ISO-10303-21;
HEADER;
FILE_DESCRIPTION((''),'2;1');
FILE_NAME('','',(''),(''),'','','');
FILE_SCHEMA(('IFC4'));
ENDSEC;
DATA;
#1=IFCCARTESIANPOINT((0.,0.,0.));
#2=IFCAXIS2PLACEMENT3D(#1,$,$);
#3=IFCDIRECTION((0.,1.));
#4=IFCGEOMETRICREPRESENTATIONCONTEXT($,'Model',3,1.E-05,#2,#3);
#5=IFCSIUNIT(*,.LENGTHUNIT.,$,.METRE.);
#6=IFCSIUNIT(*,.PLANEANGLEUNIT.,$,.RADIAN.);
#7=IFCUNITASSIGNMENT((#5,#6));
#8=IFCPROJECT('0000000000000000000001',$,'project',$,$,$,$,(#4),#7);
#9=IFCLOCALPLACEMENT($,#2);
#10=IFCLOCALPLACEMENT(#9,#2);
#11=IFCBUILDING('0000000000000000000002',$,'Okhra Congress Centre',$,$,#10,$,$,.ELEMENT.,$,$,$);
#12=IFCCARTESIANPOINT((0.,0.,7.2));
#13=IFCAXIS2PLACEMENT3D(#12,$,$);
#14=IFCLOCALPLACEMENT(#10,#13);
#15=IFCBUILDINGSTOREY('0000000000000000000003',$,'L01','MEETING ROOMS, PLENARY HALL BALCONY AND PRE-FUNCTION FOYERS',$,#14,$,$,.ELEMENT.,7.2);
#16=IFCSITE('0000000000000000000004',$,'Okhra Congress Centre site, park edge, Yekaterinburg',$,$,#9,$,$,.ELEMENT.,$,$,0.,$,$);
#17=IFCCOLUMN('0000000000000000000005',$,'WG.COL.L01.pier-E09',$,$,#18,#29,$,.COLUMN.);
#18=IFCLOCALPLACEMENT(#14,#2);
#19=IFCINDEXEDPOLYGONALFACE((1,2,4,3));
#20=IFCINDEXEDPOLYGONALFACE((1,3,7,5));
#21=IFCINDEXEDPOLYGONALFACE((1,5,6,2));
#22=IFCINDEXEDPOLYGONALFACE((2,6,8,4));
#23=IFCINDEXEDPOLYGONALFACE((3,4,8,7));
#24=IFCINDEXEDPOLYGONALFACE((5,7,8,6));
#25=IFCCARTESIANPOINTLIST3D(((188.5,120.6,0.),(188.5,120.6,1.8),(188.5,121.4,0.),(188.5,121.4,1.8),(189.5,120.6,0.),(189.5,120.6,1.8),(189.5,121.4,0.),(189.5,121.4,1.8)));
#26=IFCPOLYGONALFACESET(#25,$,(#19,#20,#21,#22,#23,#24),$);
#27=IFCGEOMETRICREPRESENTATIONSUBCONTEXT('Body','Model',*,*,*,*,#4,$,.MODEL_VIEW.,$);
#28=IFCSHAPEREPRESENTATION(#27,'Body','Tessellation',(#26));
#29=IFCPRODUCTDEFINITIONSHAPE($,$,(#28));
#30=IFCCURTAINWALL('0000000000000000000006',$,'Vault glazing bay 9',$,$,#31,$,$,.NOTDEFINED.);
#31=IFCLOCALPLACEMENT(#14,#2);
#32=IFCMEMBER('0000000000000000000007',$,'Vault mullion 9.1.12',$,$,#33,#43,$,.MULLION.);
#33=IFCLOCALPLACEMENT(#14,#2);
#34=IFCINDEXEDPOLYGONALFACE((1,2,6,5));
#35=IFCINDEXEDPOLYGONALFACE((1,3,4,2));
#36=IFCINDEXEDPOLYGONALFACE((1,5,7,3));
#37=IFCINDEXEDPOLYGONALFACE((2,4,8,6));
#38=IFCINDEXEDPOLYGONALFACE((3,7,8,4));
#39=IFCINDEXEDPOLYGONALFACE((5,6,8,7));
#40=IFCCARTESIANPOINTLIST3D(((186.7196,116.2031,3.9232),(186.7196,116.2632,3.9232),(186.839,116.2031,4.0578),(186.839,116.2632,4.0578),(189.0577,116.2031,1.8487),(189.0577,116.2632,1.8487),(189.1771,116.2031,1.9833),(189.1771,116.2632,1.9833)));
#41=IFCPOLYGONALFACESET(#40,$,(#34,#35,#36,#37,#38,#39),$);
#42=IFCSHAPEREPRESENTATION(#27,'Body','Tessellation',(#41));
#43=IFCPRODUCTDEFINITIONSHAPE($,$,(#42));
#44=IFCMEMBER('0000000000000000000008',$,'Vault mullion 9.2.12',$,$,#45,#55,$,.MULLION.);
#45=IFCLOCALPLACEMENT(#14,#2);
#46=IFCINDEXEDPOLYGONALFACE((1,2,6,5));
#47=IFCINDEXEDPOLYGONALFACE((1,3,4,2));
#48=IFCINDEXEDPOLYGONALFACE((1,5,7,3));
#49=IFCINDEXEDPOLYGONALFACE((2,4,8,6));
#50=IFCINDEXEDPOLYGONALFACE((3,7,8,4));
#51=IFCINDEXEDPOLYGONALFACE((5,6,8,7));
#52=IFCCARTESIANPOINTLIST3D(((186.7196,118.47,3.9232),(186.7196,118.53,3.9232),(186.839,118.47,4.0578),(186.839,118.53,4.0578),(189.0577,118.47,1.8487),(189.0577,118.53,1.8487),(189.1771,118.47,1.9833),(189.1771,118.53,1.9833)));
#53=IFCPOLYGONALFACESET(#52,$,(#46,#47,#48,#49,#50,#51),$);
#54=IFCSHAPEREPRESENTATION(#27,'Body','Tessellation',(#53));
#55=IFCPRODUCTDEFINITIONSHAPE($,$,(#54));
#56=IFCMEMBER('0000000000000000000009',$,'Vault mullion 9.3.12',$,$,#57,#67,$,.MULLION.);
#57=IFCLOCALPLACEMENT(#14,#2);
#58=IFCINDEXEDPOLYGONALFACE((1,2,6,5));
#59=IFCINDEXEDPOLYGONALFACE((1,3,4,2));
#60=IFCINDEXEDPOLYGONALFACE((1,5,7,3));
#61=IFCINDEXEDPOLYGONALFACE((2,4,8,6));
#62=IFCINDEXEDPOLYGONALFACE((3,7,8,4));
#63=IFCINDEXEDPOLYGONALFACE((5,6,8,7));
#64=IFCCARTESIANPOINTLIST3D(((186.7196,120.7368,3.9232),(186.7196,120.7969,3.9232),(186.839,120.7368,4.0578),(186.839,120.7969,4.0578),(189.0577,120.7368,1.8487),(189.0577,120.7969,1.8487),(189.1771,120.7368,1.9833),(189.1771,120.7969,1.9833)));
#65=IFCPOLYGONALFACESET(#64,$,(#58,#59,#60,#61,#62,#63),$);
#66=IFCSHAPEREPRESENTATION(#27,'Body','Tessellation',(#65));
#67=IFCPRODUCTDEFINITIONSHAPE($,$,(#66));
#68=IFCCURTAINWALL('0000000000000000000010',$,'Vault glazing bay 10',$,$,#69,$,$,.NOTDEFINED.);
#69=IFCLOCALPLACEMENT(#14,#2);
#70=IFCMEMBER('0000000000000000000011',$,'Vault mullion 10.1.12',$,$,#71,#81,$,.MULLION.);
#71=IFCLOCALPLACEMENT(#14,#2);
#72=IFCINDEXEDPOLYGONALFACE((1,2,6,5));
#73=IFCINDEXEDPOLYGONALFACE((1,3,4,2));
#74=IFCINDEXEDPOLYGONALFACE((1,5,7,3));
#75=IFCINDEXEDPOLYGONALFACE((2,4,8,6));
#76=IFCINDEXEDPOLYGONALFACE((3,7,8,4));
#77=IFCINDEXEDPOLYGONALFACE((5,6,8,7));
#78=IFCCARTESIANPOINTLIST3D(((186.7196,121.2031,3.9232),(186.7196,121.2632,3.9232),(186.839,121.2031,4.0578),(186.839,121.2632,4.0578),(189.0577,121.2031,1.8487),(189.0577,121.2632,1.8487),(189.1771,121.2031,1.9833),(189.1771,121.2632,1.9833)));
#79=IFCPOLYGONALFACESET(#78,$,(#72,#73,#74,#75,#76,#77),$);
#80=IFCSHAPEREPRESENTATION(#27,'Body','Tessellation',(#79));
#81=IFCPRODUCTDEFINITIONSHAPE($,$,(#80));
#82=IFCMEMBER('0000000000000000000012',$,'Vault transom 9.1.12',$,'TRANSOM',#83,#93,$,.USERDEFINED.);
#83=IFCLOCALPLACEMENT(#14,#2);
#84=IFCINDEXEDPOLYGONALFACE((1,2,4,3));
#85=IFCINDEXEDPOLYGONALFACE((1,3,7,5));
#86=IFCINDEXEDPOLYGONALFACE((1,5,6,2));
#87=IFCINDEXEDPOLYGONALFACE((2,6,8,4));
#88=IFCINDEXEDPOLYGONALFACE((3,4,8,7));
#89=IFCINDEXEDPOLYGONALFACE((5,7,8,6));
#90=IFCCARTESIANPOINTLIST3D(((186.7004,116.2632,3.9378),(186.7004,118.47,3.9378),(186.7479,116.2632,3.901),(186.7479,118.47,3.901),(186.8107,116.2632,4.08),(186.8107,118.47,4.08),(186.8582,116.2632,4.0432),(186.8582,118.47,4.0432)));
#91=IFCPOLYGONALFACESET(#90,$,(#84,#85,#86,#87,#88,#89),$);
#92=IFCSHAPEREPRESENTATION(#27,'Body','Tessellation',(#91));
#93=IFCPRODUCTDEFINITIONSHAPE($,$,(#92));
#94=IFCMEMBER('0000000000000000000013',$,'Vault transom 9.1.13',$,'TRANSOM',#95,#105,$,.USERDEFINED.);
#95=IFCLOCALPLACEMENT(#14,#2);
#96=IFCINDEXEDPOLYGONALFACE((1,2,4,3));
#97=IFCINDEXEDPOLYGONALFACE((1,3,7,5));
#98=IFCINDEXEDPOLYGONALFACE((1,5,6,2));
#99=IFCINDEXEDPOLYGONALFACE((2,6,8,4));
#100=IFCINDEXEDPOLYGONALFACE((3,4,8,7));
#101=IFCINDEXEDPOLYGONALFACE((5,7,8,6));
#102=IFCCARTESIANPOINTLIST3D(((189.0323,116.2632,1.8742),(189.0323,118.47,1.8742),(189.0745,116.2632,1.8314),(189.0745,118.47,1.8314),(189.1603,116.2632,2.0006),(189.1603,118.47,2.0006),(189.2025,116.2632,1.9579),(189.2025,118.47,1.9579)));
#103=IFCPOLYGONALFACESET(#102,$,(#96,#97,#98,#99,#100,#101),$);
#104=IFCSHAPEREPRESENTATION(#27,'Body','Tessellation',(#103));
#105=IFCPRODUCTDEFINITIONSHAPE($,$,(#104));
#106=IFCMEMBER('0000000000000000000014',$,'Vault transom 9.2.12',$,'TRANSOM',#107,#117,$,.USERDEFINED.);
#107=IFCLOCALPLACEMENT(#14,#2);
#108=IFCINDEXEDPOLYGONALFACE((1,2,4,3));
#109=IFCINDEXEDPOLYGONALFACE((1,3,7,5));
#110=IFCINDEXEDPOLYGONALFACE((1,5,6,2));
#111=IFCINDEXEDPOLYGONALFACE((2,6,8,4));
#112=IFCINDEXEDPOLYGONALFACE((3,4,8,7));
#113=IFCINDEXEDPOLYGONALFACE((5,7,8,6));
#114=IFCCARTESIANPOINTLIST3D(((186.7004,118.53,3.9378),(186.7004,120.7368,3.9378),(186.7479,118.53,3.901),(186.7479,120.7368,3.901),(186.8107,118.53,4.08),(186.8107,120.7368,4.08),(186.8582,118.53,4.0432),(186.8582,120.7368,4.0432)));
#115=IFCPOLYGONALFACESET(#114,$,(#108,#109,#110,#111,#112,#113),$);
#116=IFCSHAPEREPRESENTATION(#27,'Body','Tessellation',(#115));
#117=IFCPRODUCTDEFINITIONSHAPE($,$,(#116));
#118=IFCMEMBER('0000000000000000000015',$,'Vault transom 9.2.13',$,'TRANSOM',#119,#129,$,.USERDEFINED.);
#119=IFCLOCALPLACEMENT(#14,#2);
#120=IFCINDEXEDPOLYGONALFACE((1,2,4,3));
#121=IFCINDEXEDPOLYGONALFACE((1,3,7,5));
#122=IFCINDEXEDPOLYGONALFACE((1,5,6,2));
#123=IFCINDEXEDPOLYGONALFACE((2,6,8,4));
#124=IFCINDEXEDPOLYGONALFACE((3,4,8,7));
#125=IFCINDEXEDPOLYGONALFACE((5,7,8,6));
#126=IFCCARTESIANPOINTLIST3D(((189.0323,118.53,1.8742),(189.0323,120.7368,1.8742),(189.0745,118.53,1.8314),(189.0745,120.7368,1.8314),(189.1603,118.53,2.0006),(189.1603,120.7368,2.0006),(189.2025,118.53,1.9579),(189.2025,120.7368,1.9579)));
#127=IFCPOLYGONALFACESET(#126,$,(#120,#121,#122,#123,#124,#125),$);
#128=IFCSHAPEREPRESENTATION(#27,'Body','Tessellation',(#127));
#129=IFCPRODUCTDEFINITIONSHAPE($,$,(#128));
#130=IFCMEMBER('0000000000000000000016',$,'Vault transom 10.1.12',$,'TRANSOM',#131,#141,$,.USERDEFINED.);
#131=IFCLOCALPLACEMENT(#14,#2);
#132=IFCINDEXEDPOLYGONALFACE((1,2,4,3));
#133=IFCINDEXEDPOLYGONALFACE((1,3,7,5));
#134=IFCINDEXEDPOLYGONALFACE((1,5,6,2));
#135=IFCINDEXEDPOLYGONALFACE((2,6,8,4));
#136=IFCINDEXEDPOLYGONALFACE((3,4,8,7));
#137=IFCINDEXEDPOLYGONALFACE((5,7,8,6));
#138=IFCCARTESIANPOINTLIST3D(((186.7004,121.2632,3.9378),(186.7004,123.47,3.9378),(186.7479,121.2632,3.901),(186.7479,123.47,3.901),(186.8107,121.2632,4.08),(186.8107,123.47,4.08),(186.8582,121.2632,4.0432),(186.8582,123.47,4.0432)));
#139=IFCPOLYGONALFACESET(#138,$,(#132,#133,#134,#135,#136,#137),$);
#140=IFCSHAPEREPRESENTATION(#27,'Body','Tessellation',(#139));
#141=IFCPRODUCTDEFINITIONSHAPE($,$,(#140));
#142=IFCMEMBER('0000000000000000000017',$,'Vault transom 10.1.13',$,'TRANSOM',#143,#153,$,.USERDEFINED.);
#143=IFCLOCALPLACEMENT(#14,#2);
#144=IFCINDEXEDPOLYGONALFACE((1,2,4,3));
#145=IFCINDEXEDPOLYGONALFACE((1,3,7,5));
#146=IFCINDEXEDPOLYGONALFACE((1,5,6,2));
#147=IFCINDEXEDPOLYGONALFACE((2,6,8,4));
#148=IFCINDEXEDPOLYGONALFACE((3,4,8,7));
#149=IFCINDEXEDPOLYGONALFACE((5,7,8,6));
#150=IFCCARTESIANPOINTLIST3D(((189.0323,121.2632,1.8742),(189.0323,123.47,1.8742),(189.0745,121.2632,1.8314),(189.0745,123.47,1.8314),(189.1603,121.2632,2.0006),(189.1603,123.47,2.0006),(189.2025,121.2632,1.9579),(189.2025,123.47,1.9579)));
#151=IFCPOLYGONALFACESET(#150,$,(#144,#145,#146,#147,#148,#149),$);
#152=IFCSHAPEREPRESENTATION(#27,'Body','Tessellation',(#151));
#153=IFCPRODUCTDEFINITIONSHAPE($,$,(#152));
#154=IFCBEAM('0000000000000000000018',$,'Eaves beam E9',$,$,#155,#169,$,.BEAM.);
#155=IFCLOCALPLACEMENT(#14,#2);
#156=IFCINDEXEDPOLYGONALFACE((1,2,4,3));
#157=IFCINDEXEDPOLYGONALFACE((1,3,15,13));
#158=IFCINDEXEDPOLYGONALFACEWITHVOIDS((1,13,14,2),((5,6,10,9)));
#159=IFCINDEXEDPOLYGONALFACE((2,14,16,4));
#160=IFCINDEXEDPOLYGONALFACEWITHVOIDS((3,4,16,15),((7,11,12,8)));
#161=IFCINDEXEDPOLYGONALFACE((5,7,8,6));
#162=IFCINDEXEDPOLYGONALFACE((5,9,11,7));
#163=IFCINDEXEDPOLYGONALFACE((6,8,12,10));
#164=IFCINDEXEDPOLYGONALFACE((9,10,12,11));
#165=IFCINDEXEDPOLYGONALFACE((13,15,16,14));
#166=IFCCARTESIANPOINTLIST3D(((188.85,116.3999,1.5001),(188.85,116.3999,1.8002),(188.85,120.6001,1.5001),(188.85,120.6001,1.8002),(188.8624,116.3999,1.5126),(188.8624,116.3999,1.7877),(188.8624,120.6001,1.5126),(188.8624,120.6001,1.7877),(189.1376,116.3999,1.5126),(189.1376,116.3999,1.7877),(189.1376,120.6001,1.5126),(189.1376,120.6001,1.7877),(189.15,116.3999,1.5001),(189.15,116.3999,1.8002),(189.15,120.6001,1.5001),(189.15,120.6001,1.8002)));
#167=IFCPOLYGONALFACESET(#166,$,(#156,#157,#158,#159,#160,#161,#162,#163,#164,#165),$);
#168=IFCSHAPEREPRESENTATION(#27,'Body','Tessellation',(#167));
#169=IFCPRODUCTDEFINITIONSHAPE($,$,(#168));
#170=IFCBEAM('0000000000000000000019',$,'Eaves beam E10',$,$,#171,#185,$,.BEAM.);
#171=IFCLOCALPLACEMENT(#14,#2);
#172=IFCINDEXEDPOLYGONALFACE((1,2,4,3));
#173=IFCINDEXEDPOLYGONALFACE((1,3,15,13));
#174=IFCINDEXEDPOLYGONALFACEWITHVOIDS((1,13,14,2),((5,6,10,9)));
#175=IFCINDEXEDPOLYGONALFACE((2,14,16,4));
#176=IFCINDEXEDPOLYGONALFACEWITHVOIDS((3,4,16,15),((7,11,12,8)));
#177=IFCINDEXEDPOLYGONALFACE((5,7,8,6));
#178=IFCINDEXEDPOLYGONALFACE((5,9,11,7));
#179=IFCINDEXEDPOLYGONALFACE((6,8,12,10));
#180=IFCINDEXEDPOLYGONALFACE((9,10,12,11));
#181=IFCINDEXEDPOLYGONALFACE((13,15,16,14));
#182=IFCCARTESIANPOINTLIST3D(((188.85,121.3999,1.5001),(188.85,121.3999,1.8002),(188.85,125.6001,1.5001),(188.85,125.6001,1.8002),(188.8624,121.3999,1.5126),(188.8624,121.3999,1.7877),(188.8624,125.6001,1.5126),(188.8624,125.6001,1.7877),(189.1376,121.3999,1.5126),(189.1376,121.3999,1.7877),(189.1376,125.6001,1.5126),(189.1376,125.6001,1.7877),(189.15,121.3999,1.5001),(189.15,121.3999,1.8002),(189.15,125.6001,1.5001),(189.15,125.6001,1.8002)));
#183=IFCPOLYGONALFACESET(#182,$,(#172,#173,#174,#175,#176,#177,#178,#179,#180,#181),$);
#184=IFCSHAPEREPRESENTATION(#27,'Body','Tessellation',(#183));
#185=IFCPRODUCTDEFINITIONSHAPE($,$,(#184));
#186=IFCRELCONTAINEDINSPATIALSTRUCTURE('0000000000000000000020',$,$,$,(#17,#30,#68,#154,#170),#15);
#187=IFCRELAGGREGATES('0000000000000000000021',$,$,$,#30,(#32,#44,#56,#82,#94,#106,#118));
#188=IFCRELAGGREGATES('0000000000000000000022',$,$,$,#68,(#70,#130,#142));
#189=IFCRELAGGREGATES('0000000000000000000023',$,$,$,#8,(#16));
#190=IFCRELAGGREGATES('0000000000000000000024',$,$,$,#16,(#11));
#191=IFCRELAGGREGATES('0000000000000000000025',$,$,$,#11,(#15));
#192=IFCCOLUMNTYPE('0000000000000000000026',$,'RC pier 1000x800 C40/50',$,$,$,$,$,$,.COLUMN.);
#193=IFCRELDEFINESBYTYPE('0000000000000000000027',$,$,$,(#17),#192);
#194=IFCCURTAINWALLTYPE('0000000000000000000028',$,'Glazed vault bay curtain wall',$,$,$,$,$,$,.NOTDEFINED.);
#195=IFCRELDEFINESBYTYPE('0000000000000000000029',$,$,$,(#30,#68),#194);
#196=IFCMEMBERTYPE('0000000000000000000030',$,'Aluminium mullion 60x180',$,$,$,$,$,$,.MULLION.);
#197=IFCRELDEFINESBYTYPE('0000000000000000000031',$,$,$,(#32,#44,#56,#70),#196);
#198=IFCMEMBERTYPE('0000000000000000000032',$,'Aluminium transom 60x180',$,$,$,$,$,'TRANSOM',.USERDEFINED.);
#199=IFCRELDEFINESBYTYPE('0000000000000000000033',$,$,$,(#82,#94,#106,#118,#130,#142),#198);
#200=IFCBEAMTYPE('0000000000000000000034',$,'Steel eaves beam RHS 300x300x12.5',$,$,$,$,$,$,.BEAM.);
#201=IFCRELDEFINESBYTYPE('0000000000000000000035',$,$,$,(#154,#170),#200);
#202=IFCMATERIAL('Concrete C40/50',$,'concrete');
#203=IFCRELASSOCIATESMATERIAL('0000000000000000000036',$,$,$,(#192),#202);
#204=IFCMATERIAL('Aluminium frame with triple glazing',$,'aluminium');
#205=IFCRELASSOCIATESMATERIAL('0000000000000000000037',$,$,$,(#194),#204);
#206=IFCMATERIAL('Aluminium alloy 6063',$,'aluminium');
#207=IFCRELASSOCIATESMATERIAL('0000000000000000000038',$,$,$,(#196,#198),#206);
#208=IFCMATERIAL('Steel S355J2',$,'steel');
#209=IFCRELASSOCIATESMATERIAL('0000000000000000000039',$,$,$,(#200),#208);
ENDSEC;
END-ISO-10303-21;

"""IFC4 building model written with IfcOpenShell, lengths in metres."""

from ifc_helpers import new_model, si_unit, direction, frame, origin, origin_2d, place, context, subcontext, project, spatial, rectangle, hollow_rectangle, extrude, material, material_profile, profile_set, type_object, element, aggregate, save


model = new_model("IFC4")

# Units and contexts
model_context = context("Model", 3, precision=1e-05, world=origin(), true_north=direction((0.0, 1.0)))
body_context = subcontext(model_context, "Body", "Model", "MODEL_VIEW")
ifc_project = project(units=[si_unit("LENGTHUNIT", "METRE"), si_unit("PLANEANGLEUNIT", "RADIAN")], contexts=[model_context])

# Site, building, storey
site_placement = place(None, origin())
site = spatial("IfcSite", under=ifc_project, at=site_placement, Name="Okhra Congress Centre site, park edge, Yekaterinburg", CompositionType="ELEMENT", RefElevation=0.0)
building_placement = place(site_placement, origin())
building = spatial("IfcBuilding", under=site, at=building_placement, Name="Okhra Congress Centre", CompositionType="ELEMENT")
storey_placement = place(building_placement, frame((0.0, 0.0, 7.2)))
storey = spatial("IfcBuildingStorey", under=building, at=storey_placement, Name="L01", Description="MEETING ROOMS, PLENARY HALL BALCONY AND PRE-FUNCTION FOYERS", CompositionType="ELEMENT", Elevation=7.2)

# Column
ifc_material_1 = material(Name="Concrete C40/50", Category="concrete")
ifc_material_profile_1 = material_profile(ifc_material_1, rectangle(XDim=1.0, YDim=0.8, at=origin_2d()), Name="RC 1000x800")
ifc_profile_set_1 = profile_set([ifc_material_profile_1], Name="Concrete C40/50")
column_type = type_object("IfcColumnType", Name="RC pier 1000x800 C40/50", PredefinedType="COLUMN", material=ifc_profile_set_1)
column_placement = place(storey_placement, frame((189.0, 121.0, 0.0), z_axis=(0.0, 0.0, 1.0), x_axis=(1.0, 0.0, 0.0)))
element("IfcColumn", 1, at=column_placement, inside=storey, type_object=column_type, Name="WG.COL.L01.pier-E09", PredefinedType="COLUMN", context=body_context, shape_type="SweptSolid", body=[
    extrude(rectangle(XDim=1.0, YDim=0.8, at=origin_2d()), origin(), (0.0, 0.0, 1.0), 1.8),
])

# Curtain wall, members
ifc_material_2 = material(Name="Aluminium frame with triple glazing", Category="aluminium")
curtain_wall_type = type_object("IfcCurtainWallType", Name="Glazed vault bay curtain wall", PredefinedType="NOTDEFINED", material=ifc_material_2)
curtain_wall_1_placement = place(storey_placement, origin())
curtain_wall_1 = element("IfcCurtainWall", 2, at=curtain_wall_1_placement, inside=storey, type_object=curtain_wall_type, Name="Vault glazing bay 9", PredefinedType="NOTDEFINED")
ifc_material_3 = material(Name="Aluminium alloy 6063", Category="aluminium")
ifc_material_profile_2 = material_profile(ifc_material_3, rectangle(XDim=0.0601, YDim=0.1799, at=origin_2d()), Name="AL 60x180")
ifc_profile_set_2 = profile_set([ifc_material_profile_2], Name="Aluminium alloy 6063")
member_type_1 = type_object("IfcMemberType", Name="Aluminium mullion 60x180", PredefinedType="MULLION", material=ifc_profile_set_2)
member_1_placement = place(storey_placement, frame((186.7793, 116.2332, 3.9905), z_axis=(0.748025, 0.0, -0.66367), x_axis=(0.0, 1.0, 0.0)))
member_1 = element("IfcMember", 3, at=member_1_placement, type_object=member_type_1, Name="Vault mullion 9.1.12", PredefinedType="MULLION", context=body_context, shape_type="SweptSolid", body=[
    extrude(rectangle(XDim=0.0601, YDim=0.1799, at=origin_2d()), origin(), (0.0, 0.0, 1.0), 3.1257),
])
member_2_placement = place(storey_placement, frame((186.7793, 118.5, 3.9905), z_axis=(0.748025, 0.0, -0.66367), x_axis=(0.0, 1.0, 0.0)))
member_2 = element("IfcMember", 4, at=member_2_placement, type_object=member_type_1, Name="Vault mullion 9.2.12", PredefinedType="MULLION", context=body_context, shape_type="SweptSolid", body=[
    extrude(rectangle(XDim=0.0601, YDim=0.1799, at=origin_2d()), origin(), (0.0, 0.0, 1.0), 3.1257),
])
member_3_placement = place(storey_placement, frame((186.7793, 120.7668, 3.9905), z_axis=(0.748025, 0.0, -0.66367), x_axis=(0.0, 1.0, 0.0)))
member_3 = element("IfcMember", 5, at=member_3_placement, type_object=member_type_1, Name="Vault mullion 9.3.12", PredefinedType="MULLION", context=body_context, shape_type="SweptSolid", body=[
    extrude(rectangle(XDim=0.0601, YDim=0.1799, at=origin_2d()), origin(), (0.0, 0.0, 1.0), 3.1257),
])

# Curtain wall, member
curtain_wall_2_placement = place(storey_placement, origin())
curtain_wall_2 = element("IfcCurtainWall", 6, at=curtain_wall_2_placement, inside=storey, type_object=curtain_wall_type, Name="Vault glazing bay 10", PredefinedType="NOTDEFINED")
member_4_placement = place(storey_placement, frame((186.7793, 121.2332, 3.9905), z_axis=(0.748025, 0.0, -0.66367), x_axis=(0.0, 1.0, 0.0)))
member_4 = element("IfcMember", 7, at=member_4_placement, type_object=member_type_1, Name="Vault mullion 10.1.12", PredefinedType="MULLION", context=body_context, shape_type="SweptSolid", body=[
    extrude(rectangle(XDim=0.0601, YDim=0.1799, at=origin_2d()), origin(), (0.0, 0.0, 1.0), 3.1257),
])

# Members
ifc_material_profile_3 = material_profile(ifc_material_3, rectangle(XDim=0.0601, YDim=0.1799, at=origin_2d()), Name="AL 60x180 transom")
ifc_profile_set_3 = profile_set([ifc_material_profile_3], Name="Aluminium alloy 6063")
member_type_2 = type_object("IfcMemberType", Name="Aluminium transom 60x180", ElementType="TRANSOM", PredefinedType="USERDEFINED", material=ifc_profile_set_3)
member_5_placement = place(storey_placement, frame((186.7793, 116.2632, 3.9905), z_axis=(0.0, 1.0, 0.0), x_axis=(-0.790145, 0.0, 0.61292)))
member_5 = element("IfcMember", 8, at=member_5_placement, type_object=member_type_2, Name="Vault transom 9.1.12", ObjectType="TRANSOM", PredefinedType="USERDEFINED", context=body_context, shape_type="SweptSolid", body=[
    extrude(rectangle(XDim=0.0601, YDim=0.1799, at=origin_2d()), origin(), (0.0, 0.0, 1.0), 2.2068),
])
member_6_placement = place(storey_placement, frame((189.1174, 116.2632, 1.916), z_axis=(0.0, 1.0, 0.0), x_axis=(-0.702636, 0.0, 0.711549)))
member_6 = element("IfcMember", 9, at=member_6_placement, type_object=member_type_2, Name="Vault transom 9.1.13", ObjectType="TRANSOM", PredefinedType="USERDEFINED", context=body_context, shape_type="SweptSolid", body=[
    extrude(rectangle(XDim=0.0601, YDim=0.1799, at=origin_2d()), origin(), (0.0, 0.0, 1.0), 2.2068),
])
member_7_placement = place(storey_placement, frame((186.7793, 118.53, 3.9905), z_axis=(0.0, 1.0, 0.0), x_axis=(-0.790145, 0.0, 0.61292)))
member_7 = element("IfcMember", 10, at=member_7_placement, type_object=member_type_2, Name="Vault transom 9.2.12", ObjectType="TRANSOM", PredefinedType="USERDEFINED", context=body_context, shape_type="SweptSolid", body=[
    extrude(rectangle(XDim=0.0601, YDim=0.1799, at=origin_2d()), origin(), (0.0, 0.0, 1.0), 2.2068),
])
member_8_placement = place(storey_placement, frame((189.1174, 118.53, 1.916), z_axis=(0.0, 1.0, 0.0), x_axis=(-0.702636, 0.0, 0.711549)))
member_8 = element("IfcMember", 11, at=member_8_placement, type_object=member_type_2, Name="Vault transom 9.2.13", ObjectType="TRANSOM", PredefinedType="USERDEFINED", context=body_context, shape_type="SweptSolid", body=[
    extrude(rectangle(XDim=0.0601, YDim=0.1799, at=origin_2d()), origin(), (0.0, 0.0, 1.0), 2.2068),
])
member_9_placement = place(storey_placement, frame((186.7793, 121.2632, 3.9905), z_axis=(0.0, 1.0, 0.0), x_axis=(-0.790145, 0.0, 0.61292)))
member_9 = element("IfcMember", 12, at=member_9_placement, type_object=member_type_2, Name="Vault transom 10.1.12", ObjectType="TRANSOM", PredefinedType="USERDEFINED", context=body_context, shape_type="SweptSolid", body=[
    extrude(rectangle(XDim=0.0601, YDim=0.1799, at=origin_2d()), origin(), (0.0, 0.0, 1.0), 2.2068),
])
member_10_placement = place(storey_placement, frame((189.1174, 121.2632, 1.916), z_axis=(0.0, 1.0, 0.0), x_axis=(-0.702636, 0.0, 0.711549)))
member_10 = element("IfcMember", 13, at=member_10_placement, type_object=member_type_2, Name="Vault transom 10.1.13", ObjectType="TRANSOM", PredefinedType="USERDEFINED", context=body_context, shape_type="SweptSolid", body=[
    extrude(rectangle(XDim=0.0601, YDim=0.1799, at=origin_2d()), origin(), (0.0, 0.0, 1.0), 2.2068),
])

# Beams
ifc_material_4 = material(Name="Steel S355J2", Category="steel")
ifc_material_profile_4 = material_profile(ifc_material_4, hollow_rectangle(XDim=0.3, YDim=0.3, WallThickness=0.0125, at=origin_2d()), Name="RHS 300x300x12.5")
ifc_profile_set_4 = profile_set([ifc_material_profile_4], Name="Steel S355J2")
beam_type = type_object("IfcBeamType", Name="Steel eaves beam RHS 300x300x12.5", PredefinedType="BEAM", material=ifc_profile_set_4)
for number, where, z_axis, x_axis, name in (
    (14, (189.0, 116.3999, 1.6501), (0.0, 1.0, 0.0), (-1.0, 0.0, 0.0), "Eaves beam E9"),
    (15, (189.0, 121.3999, 1.6501), (0.0, 1.0, 0.0), (-1.0, 0.0, 0.0), "Eaves beam E10"),
):
    element("IfcBeam", number, at=place(storey_placement, frame(where, z_axis=z_axis, x_axis=x_axis)), inside=storey, type_object=beam_type, Name=name, PredefinedType="BEAM", context=body_context, shape_type="SweptSolid", body=[
        extrude(hollow_rectangle(XDim=0.3, YDim=0.3, WallThickness=0.0125, at=origin_2d()), origin(), (0.0, 0.0, 1.0), 4.2002),
    ])

aggregate(curtain_wall_1, [member_1, member_2, member_3, member_5, member_6, member_7, member_8])
aggregate(curtain_wall_2, [member_4, member_9, member_10])

save(model, "model.ifc")
